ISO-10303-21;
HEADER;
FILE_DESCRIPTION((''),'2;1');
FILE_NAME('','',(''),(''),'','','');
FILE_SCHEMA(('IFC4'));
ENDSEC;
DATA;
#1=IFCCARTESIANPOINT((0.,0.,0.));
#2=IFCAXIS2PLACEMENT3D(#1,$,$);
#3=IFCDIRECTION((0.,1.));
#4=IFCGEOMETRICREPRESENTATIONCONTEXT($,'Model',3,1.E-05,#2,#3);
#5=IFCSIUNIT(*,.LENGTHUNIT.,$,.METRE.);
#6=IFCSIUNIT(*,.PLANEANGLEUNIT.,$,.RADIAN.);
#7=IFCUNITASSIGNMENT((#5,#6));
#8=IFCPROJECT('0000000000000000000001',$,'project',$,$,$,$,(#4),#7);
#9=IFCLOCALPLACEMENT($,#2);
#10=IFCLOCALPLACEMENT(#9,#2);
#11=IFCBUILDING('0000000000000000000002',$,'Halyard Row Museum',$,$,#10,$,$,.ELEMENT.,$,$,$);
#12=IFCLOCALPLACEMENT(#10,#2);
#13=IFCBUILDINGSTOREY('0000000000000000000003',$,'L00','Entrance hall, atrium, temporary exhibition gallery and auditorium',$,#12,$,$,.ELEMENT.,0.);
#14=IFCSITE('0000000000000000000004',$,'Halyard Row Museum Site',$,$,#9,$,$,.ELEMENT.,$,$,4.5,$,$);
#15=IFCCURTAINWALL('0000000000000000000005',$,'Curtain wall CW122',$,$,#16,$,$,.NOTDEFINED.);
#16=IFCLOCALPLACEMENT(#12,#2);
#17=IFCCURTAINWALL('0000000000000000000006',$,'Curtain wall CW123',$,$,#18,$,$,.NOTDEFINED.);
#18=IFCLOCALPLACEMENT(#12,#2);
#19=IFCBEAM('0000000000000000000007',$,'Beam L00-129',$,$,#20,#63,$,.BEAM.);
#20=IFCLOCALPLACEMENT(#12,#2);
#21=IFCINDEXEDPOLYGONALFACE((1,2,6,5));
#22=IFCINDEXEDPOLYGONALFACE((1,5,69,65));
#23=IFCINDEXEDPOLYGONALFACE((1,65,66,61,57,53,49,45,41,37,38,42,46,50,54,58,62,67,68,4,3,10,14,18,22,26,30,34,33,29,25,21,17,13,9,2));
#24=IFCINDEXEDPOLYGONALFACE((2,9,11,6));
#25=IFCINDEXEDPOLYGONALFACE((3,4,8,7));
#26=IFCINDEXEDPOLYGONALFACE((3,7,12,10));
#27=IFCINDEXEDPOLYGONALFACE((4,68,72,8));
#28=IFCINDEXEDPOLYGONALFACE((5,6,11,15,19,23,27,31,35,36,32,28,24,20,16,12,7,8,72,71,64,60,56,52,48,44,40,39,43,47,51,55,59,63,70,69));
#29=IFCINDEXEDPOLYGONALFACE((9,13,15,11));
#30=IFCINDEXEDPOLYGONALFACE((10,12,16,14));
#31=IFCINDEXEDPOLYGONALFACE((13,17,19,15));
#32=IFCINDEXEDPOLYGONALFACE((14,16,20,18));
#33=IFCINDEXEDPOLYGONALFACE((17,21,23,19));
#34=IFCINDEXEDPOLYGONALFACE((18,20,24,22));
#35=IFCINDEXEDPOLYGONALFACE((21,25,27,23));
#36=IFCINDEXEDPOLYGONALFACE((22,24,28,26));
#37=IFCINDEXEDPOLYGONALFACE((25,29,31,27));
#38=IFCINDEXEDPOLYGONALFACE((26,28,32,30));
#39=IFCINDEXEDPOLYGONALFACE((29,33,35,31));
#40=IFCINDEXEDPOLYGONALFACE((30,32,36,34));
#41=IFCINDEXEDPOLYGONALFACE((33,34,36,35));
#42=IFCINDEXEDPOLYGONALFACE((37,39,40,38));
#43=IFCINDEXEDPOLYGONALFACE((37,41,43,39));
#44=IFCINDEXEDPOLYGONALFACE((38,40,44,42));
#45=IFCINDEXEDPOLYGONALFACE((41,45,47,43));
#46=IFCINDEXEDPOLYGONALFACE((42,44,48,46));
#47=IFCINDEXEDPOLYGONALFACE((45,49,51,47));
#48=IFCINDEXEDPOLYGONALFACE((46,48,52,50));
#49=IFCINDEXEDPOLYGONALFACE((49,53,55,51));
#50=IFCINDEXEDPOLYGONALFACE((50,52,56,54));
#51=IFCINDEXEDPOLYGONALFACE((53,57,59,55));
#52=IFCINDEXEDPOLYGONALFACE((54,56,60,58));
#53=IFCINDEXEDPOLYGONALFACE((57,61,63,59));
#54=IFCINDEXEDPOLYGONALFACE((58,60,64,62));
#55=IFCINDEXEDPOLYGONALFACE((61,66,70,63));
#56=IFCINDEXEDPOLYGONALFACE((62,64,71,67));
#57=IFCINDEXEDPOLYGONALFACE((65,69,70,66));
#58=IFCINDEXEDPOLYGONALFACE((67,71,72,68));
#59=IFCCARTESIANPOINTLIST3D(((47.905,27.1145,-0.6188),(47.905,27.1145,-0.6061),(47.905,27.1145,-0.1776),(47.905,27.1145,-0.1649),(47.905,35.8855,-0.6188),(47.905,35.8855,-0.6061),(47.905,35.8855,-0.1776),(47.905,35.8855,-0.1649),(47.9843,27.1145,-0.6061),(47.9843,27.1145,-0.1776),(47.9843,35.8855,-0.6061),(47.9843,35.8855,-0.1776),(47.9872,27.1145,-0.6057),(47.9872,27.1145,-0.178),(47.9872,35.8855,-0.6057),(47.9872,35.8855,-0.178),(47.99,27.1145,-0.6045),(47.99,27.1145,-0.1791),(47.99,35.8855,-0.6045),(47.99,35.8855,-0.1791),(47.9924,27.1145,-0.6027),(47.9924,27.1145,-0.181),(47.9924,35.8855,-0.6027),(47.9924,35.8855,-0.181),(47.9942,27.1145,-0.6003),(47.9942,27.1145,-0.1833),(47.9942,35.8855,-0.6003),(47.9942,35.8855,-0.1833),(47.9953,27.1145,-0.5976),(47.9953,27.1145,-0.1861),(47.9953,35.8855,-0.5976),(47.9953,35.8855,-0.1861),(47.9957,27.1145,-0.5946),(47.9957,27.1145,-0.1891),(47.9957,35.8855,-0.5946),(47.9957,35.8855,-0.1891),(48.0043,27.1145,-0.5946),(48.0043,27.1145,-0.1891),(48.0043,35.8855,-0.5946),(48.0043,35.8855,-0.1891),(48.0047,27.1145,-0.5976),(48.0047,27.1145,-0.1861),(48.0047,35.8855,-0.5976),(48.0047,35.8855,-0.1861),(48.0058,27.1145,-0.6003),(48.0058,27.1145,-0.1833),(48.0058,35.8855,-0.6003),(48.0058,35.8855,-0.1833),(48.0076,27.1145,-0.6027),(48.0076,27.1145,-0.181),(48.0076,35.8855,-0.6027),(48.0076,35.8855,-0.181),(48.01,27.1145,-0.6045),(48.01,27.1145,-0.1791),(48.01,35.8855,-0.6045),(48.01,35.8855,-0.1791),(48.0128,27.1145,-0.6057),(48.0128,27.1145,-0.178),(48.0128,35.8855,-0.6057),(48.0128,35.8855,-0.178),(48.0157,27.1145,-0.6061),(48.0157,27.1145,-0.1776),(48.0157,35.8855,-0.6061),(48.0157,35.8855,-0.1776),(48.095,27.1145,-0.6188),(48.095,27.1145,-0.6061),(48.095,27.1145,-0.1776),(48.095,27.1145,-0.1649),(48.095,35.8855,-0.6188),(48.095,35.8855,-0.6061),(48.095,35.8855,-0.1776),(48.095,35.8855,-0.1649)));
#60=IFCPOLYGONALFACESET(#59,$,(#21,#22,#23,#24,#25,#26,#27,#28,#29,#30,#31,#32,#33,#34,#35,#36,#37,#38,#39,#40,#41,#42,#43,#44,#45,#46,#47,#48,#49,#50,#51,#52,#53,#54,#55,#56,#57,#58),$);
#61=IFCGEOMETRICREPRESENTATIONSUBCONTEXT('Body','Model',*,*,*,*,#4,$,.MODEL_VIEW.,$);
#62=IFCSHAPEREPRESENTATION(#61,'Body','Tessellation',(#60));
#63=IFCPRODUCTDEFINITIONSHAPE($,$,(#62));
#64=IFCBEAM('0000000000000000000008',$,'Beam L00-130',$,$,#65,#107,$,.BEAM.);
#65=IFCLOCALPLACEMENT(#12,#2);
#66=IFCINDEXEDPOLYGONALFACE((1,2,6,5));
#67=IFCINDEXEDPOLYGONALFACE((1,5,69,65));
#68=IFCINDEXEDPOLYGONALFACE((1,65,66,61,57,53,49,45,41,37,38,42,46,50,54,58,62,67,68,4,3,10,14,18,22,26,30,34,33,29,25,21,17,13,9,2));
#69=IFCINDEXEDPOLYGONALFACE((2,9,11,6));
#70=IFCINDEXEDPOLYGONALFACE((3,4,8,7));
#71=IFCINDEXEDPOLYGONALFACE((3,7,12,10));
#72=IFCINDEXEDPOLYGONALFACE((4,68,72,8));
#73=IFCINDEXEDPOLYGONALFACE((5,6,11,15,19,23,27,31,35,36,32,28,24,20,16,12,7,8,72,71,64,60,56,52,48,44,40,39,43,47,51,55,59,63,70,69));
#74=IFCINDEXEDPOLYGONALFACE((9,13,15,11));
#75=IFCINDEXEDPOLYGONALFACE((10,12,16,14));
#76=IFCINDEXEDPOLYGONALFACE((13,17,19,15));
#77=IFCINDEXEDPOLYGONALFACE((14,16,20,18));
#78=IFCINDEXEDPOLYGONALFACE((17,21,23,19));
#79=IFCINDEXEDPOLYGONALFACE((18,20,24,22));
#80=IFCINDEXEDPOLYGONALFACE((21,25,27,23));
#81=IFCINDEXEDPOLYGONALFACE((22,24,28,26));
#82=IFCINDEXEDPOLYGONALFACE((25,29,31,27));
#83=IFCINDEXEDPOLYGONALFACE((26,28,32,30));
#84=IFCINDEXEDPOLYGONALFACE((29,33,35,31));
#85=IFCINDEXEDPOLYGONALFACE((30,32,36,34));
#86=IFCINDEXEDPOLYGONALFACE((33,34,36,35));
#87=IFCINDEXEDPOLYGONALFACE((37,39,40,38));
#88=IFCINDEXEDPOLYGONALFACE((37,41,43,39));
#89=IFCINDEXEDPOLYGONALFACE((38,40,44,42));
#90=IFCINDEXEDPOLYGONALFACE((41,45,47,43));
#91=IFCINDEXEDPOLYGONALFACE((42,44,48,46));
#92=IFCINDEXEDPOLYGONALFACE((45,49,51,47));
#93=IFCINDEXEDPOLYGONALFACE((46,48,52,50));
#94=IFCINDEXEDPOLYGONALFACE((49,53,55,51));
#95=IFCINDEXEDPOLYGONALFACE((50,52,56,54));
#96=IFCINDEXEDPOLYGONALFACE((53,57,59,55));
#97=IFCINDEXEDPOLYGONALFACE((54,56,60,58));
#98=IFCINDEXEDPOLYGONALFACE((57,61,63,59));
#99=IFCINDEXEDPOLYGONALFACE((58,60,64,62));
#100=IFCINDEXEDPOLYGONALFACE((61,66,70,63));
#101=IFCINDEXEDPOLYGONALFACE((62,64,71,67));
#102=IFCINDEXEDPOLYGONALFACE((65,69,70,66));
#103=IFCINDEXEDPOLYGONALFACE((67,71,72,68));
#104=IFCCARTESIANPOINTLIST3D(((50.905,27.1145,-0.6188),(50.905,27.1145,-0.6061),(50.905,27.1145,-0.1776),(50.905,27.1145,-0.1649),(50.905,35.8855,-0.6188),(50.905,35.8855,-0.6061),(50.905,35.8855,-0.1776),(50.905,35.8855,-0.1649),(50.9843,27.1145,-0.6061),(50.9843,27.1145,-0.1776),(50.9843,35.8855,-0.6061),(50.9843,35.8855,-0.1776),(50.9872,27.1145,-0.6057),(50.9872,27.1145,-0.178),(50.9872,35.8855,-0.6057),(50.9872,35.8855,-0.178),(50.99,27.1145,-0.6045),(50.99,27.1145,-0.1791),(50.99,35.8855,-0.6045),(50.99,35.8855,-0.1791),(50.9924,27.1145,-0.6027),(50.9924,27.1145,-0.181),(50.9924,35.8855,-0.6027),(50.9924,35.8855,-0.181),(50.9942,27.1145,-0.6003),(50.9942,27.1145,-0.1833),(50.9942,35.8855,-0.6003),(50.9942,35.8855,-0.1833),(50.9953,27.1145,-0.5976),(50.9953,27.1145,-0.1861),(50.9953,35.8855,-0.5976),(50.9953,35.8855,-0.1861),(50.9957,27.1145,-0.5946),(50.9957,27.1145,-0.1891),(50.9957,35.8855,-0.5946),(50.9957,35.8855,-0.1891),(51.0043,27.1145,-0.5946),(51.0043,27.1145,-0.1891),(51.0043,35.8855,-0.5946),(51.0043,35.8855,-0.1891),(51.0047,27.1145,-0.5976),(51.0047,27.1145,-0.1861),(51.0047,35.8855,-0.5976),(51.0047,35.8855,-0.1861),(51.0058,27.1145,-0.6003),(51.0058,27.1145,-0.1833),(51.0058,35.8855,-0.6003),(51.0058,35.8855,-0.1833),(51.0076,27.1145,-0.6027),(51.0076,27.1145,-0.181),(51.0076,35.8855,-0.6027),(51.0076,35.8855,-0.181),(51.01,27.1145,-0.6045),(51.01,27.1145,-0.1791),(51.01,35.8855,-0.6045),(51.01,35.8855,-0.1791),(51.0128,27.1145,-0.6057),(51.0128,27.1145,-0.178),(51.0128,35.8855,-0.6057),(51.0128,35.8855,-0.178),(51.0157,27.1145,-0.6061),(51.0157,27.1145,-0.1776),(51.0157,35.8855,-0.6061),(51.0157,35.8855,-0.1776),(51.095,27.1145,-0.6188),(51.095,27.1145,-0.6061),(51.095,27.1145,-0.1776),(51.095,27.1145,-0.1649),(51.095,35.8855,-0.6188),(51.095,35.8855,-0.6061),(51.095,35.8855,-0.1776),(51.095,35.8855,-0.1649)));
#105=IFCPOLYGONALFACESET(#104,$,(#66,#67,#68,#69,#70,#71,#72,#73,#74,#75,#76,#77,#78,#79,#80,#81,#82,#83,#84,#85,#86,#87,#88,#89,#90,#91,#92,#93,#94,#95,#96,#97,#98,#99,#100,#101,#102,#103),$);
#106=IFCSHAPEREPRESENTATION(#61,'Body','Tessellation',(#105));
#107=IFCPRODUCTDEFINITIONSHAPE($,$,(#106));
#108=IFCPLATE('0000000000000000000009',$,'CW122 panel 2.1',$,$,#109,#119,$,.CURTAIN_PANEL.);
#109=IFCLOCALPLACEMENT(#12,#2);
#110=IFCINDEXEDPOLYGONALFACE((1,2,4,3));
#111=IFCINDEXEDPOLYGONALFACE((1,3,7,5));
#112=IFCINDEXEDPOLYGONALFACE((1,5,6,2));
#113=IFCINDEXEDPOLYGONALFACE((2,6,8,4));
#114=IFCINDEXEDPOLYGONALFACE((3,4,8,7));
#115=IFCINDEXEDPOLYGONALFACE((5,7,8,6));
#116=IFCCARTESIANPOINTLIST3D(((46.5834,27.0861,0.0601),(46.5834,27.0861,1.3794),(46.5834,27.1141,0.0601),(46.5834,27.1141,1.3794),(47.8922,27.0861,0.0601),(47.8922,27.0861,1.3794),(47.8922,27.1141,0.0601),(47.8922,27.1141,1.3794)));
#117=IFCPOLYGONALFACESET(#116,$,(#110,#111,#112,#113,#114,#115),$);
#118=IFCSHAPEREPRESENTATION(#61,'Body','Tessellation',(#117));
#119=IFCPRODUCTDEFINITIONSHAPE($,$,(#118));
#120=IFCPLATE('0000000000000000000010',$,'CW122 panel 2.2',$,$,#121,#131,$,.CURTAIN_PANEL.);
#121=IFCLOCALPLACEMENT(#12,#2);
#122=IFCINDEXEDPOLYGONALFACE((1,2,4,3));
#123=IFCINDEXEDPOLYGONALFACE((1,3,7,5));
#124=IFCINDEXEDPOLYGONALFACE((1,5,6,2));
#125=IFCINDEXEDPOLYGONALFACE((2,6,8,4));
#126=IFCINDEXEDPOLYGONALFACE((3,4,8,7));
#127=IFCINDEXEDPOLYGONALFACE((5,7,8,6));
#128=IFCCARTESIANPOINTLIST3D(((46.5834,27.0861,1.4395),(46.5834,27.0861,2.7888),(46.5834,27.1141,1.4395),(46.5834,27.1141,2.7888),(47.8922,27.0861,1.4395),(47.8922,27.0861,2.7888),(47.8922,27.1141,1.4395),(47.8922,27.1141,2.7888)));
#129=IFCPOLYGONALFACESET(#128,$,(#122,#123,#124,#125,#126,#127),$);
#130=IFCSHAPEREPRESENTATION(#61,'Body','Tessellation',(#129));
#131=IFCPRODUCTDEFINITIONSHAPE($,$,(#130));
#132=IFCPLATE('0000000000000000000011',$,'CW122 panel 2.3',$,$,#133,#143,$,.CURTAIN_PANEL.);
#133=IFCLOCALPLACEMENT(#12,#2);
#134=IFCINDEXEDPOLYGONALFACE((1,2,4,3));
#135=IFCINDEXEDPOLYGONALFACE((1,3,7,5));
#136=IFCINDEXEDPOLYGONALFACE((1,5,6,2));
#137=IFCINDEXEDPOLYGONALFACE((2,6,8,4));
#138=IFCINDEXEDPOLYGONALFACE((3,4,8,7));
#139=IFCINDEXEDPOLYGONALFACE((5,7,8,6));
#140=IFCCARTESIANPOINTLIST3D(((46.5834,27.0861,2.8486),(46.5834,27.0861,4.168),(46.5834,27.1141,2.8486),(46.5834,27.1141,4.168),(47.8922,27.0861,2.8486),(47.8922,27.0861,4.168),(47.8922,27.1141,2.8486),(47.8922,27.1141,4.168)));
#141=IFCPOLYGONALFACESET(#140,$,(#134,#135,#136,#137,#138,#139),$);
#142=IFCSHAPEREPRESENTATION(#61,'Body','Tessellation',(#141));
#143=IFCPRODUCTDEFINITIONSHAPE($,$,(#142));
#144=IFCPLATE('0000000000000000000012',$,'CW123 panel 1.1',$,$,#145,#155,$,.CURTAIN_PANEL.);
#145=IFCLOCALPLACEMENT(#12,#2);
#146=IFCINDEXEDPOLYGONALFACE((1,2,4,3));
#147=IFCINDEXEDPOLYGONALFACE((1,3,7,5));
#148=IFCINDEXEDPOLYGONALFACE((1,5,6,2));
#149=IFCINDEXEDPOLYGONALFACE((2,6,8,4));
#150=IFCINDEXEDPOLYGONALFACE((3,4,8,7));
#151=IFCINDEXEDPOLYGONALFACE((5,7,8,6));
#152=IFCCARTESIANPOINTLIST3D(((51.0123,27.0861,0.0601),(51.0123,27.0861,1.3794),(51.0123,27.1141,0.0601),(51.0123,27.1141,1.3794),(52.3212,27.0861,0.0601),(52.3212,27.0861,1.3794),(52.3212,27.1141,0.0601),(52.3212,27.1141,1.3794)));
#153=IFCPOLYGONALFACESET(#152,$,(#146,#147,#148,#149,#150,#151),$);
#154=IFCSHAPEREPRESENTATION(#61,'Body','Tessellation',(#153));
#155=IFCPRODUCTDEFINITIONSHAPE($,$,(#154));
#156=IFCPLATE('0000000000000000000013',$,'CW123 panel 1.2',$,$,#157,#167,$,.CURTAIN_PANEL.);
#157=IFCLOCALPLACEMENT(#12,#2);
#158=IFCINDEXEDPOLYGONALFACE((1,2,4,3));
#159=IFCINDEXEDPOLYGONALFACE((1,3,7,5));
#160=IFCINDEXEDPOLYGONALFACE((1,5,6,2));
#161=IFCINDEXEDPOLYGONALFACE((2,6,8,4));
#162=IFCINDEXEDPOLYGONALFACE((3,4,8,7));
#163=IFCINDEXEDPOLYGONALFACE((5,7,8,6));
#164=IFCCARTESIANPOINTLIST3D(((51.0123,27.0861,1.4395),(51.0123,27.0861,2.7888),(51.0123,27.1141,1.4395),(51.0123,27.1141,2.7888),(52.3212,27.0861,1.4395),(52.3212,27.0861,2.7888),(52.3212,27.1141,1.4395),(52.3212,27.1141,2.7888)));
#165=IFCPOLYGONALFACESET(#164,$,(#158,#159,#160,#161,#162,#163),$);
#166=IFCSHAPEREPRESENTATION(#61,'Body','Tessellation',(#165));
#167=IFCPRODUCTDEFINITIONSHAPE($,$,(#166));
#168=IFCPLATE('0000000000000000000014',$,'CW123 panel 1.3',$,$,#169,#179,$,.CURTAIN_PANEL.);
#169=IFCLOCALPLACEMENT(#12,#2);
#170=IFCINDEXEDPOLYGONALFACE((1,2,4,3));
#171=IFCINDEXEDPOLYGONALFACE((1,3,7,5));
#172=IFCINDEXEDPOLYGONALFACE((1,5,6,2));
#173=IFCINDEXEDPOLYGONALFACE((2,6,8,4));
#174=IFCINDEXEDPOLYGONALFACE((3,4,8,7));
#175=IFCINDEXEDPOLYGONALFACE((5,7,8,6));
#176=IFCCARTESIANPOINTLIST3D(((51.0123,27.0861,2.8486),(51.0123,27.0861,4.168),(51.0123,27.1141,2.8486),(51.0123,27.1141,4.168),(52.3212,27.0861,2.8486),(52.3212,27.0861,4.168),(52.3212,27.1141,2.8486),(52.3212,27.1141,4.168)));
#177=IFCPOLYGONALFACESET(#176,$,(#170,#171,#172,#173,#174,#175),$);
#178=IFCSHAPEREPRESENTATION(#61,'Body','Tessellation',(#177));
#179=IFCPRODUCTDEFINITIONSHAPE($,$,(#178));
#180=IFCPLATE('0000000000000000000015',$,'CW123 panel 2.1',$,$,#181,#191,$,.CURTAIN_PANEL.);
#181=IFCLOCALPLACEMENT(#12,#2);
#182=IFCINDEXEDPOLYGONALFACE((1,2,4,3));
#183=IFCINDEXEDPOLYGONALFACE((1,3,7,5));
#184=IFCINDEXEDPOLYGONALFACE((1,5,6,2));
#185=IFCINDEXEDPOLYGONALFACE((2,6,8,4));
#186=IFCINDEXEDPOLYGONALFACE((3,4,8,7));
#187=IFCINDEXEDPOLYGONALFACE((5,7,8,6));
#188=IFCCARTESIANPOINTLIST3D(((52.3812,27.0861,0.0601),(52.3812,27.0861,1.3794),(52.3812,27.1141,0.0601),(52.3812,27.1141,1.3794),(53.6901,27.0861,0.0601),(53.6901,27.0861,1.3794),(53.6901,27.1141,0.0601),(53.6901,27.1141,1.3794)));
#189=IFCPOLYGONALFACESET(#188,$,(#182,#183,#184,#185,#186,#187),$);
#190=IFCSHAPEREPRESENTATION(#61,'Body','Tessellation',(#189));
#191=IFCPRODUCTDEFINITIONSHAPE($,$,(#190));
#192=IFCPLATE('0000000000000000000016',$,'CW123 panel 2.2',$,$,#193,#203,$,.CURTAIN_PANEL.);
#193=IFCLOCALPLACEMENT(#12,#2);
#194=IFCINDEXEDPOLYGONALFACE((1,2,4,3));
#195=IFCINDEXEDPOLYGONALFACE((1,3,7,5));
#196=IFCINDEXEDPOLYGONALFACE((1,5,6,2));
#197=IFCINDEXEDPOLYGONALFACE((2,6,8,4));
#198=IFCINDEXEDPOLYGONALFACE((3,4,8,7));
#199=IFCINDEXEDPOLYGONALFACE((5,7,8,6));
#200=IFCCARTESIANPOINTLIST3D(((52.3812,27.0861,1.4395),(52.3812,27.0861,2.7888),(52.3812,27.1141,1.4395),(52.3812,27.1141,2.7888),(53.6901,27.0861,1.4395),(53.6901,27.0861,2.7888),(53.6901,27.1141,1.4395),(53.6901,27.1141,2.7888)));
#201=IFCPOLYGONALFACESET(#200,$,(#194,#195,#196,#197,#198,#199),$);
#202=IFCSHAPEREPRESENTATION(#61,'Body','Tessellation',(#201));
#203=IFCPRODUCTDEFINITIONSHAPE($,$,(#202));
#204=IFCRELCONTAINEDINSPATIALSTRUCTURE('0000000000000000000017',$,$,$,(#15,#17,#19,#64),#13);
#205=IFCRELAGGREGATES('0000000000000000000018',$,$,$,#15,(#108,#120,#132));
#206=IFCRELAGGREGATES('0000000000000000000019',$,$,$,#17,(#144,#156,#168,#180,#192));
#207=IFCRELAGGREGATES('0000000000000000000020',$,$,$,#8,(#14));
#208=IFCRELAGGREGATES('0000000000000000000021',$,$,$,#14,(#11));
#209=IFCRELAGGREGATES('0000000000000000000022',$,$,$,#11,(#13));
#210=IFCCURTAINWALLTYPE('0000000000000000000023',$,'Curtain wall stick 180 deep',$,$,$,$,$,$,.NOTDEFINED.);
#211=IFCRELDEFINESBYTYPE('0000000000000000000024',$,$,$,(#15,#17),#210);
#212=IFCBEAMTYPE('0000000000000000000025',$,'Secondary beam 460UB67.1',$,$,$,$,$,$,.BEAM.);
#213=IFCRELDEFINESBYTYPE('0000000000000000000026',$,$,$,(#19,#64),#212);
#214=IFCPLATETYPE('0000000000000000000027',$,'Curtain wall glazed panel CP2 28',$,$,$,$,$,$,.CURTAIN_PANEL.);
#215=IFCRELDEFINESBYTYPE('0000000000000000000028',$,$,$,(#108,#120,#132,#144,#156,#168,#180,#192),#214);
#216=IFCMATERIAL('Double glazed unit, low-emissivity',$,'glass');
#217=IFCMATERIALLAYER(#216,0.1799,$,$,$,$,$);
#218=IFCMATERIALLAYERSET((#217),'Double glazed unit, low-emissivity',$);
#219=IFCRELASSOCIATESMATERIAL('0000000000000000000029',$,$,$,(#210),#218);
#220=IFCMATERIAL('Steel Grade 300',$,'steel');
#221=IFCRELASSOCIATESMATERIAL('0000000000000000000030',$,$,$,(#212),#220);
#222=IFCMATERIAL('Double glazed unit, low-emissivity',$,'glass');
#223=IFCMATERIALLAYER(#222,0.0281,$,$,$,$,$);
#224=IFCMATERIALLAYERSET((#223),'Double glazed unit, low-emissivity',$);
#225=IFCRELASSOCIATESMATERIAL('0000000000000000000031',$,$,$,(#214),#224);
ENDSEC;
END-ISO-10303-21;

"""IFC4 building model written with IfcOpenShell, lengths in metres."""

from ifc_helpers import new_model, si_unit, direction, frame, origin, origin_2d, place, context, subcontext, project, spatial, rectangle, i_section, extrude, material, layer, layer_set, material_profile, profile_set, type_object, element, aggregate, save


model = new_model("IFC4")

# Units and contexts
model_context = context("Model", 3, precision=1e-05, world=origin(), true_north=direction((0.0, 1.0)))
body_context = subcontext(model_context, "Body", "Model", "MODEL_VIEW")
ifc_project = project(units=[si_unit("LENGTHUNIT", "METRE"), si_unit("PLANEANGLEUNIT", "RADIAN")], contexts=[model_context])

# Site, building, storey
site_placement = place(None, origin())
site = spatial("IfcSite", under=ifc_project, at=site_placement, Name="Halyard Row Museum Site", CompositionType="ELEMENT", RefElevation=4.5)
building_placement = place(site_placement, origin())
building = spatial("IfcBuilding", under=site, at=building_placement, Name="Halyard Row Museum", CompositionType="ELEMENT")
storey_placement = place(building_placement, origin())
storey = spatial("IfcBuildingStorey", under=building, at=storey_placement, Name="L00", Description="Entrance hall, atrium, temporary exhibition gallery and auditorium", CompositionType="ELEMENT", Elevation=0.0)

# Curtain wall
ifc_material_1 = material(Name="Double glazed unit, low-emissivity", Category="glass")
ifc_layer_1 = layer(ifc_material_1, 0.1799)
ifc_layer_set_1 = layer_set([ifc_layer_1], Name="Double glazed unit, low-emissivity")
curtain_wall_type = type_object("IfcCurtainWallType", Name="Curtain wall stick 180 deep", PredefinedType="NOTDEFINED", material=ifc_layer_set_1)
curtain_wall_1_placement = place(storey_placement, origin())
curtain_wall_1 = element("IfcCurtainWall", 1, at=curtain_wall_1_placement, inside=storey, type_object=curtain_wall_type, Name="Curtain wall CW122", PredefinedType="NOTDEFINED")

# Curtain wall
curtain_wall_2_placement = place(storey_placement, origin())
curtain_wall_2 = element("IfcCurtainWall", 2, at=curtain_wall_2_placement, inside=storey, type_object=curtain_wall_type, Name="Curtain wall CW123", PredefinedType="NOTDEFINED")

# Beams
ifc_material_2 = material(Name="Steel Grade 300", Category="steel")
ifc_material_profile_1 = material_profile(ifc_material_2, i_section(OverallWidth=0.1899, OverallDepth=0.4539, WebThickness=0.0085, FlangeThickness=0.0127, FilletRadius=0.0115, at=origin_2d()), Name="460UB67.1")
ifc_profile_set_1 = profile_set([ifc_material_profile_1], Name="Steel Grade 300")
beam_type = type_object("IfcBeamType", Name="Secondary beam 460UB67.1", PredefinedType="BEAM", material=ifc_profile_set_1)
for number, where, z_axis, x_axis, name in (
    (3, (48.0, 27.1145, -0.3918), (0.0, 1.0, 0.0), (-1.0, 0.0, 0.0), "Beam L00-129"),
    (4, (51.0, 27.1145, -0.3918), (0.0, 1.0, 0.0), (-1.0, 0.0, 0.0), "Beam L00-130"),
):
    element("IfcBeam", number, at=place(storey_placement, frame(where, z_axis=z_axis, x_axis=x_axis)), inside=storey, type_object=beam_type, Name=name, PredefinedType="BEAM", context=body_context, shape_type="SweptSolid", body=[
        extrude(i_section(OverallWidth=0.1899, OverallDepth=0.4539, WebThickness=0.0085, FlangeThickness=0.0127, FilletRadius=0.0115, at=origin_2d()), origin(), (0.0, 0.0, 1.0), 8.771),
    ])

# Plates
ifc_material_3 = material(Name="Double glazed unit, low-emissivity", Category="glass")
ifc_layer_2 = layer(ifc_material_3, 0.0281)
ifc_layer_set_2 = layer_set([ifc_layer_2], Name="Double glazed unit, low-emissivity")
plate_type = type_object("IfcPlateType", Name="Curtain wall glazed panel CP2 28", PredefinedType="CURTAIN_PANEL", material=ifc_layer_set_2)
plate_1_placement = place(storey_placement, frame((47.2378, 27.1001, 0.0601), z_axis=(0.0, 0.0, 1.0), x_axis=(1.0, 0.0, 0.0)))
plate_1 = element("IfcPlate", 5, at=plate_1_placement, type_object=plate_type, Name="CW122 panel 2.1", PredefinedType="CURTAIN_PANEL", context=body_context, shape_type="SweptSolid", body=[
    extrude(rectangle(XDim=1.3088, YDim=0.0281, at=origin_2d()), origin(), (0.0, 0.0, 1.0), 1.3193),
])
plate_2_placement = place(storey_placement, frame((47.2378, 27.1001, 1.4395), z_axis=(0.0, 0.0, 1.0), x_axis=(1.0, 0.0, 0.0)))
plate_2 = element("IfcPlate", 6, at=plate_2_placement, type_object=plate_type, Name="CW122 panel 2.2", PredefinedType="CURTAIN_PANEL", context=body_context, shape_type="SweptSolid", body=[
    extrude(rectangle(XDim=1.3088, YDim=0.0281, at=origin_2d()), origin(), (0.0, 0.0, 1.0), 1.3494),
])
plate_3_placement = place(storey_placement, frame((47.2378, 27.1001, 2.8486), z_axis=(0.0, 0.0, 1.0), x_axis=(1.0, 0.0, 0.0)))
plate_3 = element("IfcPlate", 7, at=plate_3_placement, type_object=plate_type, Name="CW122 panel 2.3", PredefinedType="CURTAIN_PANEL", context=body_context, shape_type="SweptSolid", body=[
    extrude(rectangle(XDim=1.3088, YDim=0.0281, at=origin_2d()), origin(), (0.0, 0.0, 1.0), 1.3193),
])
aggregate(curtain_wall_1, [plate_1, plate_2, plate_3])
plate_4_placement = place(storey_placement, frame((51.6667, 27.1001, 0.0601), z_axis=(0.0, 0.0, 1.0), x_axis=(1.0, 0.0, 0.0)))
plate_4 = element("IfcPlate", 8, at=plate_4_placement, type_object=plate_type, Name="CW123 panel 1.1", PredefinedType="CURTAIN_PANEL", context=body_context, shape_type="SweptSolid", body=[
    extrude(rectangle(XDim=1.3088, YDim=0.0281, at=origin_2d()), origin(), (0.0, 0.0, 1.0), 1.3193),
])
plate_5_placement = place(storey_placement, frame((51.6667, 27.1001, 1.4395), z_axis=(0.0, 0.0, 1.0), x_axis=(1.0, 0.0, 0.0)))
plate_5 = element("IfcPlate", 9, at=plate_5_placement, type_object=plate_type, Name="CW123 panel 1.2", PredefinedType="CURTAIN_PANEL", context=body_context, shape_type="SweptSolid", body=[
    extrude(rectangle(XDim=1.3088, YDim=0.0281, at=origin_2d()), origin(), (0.0, 0.0, 1.0), 1.3494),
])
plate_6_placement = place(storey_placement, frame((51.6667, 27.1001, 2.8486), z_axis=(0.0, 0.0, 1.0), x_axis=(1.0, 0.0, 0.0)))
plate_6 = element("IfcPlate", 10, at=plate_6_placement, type_object=plate_type, Name="CW123 panel 1.3", PredefinedType="CURTAIN_PANEL", context=body_context, shape_type="SweptSolid", body=[
    extrude(rectangle(XDim=1.3088, YDim=0.0281, at=origin_2d()), origin(), (0.0, 0.0, 1.0), 1.3193),
])
plate_7_placement = place(storey_placement, frame((53.0356, 27.1001, 0.0601), z_axis=(0.0, 0.0, 1.0), x_axis=(1.0, 0.0, 0.0)))
plate_7 = element("IfcPlate", 11, at=plate_7_placement, type_object=plate_type, Name="CW123 panel 2.1", PredefinedType="CURTAIN_PANEL", context=body_context, shape_type="SweptSolid", body=[
    extrude(rectangle(XDim=1.3088, YDim=0.0281, at=origin_2d()), origin(), (0.0, 0.0, 1.0), 1.3193),
])
plate_8_placement = place(storey_placement, frame((53.0356, 27.1001, 1.4395), z_axis=(0.0, 0.0, 1.0), x_axis=(1.0, 0.0, 0.0)))
plate_8 = element("IfcPlate", 12, at=plate_8_placement, type_object=plate_type, Name="CW123 panel 2.2", PredefinedType="CURTAIN_PANEL", context=body_context, shape_type="SweptSolid", body=[
    extrude(rectangle(XDim=1.3088, YDim=0.0281, at=origin_2d()), origin(), (0.0, 0.0, 1.0), 1.3494),
])
aggregate(curtain_wall_2, [plate_4, plate_5, plate_6, plate_7, plate_8])

save(model, "model.ifc")
